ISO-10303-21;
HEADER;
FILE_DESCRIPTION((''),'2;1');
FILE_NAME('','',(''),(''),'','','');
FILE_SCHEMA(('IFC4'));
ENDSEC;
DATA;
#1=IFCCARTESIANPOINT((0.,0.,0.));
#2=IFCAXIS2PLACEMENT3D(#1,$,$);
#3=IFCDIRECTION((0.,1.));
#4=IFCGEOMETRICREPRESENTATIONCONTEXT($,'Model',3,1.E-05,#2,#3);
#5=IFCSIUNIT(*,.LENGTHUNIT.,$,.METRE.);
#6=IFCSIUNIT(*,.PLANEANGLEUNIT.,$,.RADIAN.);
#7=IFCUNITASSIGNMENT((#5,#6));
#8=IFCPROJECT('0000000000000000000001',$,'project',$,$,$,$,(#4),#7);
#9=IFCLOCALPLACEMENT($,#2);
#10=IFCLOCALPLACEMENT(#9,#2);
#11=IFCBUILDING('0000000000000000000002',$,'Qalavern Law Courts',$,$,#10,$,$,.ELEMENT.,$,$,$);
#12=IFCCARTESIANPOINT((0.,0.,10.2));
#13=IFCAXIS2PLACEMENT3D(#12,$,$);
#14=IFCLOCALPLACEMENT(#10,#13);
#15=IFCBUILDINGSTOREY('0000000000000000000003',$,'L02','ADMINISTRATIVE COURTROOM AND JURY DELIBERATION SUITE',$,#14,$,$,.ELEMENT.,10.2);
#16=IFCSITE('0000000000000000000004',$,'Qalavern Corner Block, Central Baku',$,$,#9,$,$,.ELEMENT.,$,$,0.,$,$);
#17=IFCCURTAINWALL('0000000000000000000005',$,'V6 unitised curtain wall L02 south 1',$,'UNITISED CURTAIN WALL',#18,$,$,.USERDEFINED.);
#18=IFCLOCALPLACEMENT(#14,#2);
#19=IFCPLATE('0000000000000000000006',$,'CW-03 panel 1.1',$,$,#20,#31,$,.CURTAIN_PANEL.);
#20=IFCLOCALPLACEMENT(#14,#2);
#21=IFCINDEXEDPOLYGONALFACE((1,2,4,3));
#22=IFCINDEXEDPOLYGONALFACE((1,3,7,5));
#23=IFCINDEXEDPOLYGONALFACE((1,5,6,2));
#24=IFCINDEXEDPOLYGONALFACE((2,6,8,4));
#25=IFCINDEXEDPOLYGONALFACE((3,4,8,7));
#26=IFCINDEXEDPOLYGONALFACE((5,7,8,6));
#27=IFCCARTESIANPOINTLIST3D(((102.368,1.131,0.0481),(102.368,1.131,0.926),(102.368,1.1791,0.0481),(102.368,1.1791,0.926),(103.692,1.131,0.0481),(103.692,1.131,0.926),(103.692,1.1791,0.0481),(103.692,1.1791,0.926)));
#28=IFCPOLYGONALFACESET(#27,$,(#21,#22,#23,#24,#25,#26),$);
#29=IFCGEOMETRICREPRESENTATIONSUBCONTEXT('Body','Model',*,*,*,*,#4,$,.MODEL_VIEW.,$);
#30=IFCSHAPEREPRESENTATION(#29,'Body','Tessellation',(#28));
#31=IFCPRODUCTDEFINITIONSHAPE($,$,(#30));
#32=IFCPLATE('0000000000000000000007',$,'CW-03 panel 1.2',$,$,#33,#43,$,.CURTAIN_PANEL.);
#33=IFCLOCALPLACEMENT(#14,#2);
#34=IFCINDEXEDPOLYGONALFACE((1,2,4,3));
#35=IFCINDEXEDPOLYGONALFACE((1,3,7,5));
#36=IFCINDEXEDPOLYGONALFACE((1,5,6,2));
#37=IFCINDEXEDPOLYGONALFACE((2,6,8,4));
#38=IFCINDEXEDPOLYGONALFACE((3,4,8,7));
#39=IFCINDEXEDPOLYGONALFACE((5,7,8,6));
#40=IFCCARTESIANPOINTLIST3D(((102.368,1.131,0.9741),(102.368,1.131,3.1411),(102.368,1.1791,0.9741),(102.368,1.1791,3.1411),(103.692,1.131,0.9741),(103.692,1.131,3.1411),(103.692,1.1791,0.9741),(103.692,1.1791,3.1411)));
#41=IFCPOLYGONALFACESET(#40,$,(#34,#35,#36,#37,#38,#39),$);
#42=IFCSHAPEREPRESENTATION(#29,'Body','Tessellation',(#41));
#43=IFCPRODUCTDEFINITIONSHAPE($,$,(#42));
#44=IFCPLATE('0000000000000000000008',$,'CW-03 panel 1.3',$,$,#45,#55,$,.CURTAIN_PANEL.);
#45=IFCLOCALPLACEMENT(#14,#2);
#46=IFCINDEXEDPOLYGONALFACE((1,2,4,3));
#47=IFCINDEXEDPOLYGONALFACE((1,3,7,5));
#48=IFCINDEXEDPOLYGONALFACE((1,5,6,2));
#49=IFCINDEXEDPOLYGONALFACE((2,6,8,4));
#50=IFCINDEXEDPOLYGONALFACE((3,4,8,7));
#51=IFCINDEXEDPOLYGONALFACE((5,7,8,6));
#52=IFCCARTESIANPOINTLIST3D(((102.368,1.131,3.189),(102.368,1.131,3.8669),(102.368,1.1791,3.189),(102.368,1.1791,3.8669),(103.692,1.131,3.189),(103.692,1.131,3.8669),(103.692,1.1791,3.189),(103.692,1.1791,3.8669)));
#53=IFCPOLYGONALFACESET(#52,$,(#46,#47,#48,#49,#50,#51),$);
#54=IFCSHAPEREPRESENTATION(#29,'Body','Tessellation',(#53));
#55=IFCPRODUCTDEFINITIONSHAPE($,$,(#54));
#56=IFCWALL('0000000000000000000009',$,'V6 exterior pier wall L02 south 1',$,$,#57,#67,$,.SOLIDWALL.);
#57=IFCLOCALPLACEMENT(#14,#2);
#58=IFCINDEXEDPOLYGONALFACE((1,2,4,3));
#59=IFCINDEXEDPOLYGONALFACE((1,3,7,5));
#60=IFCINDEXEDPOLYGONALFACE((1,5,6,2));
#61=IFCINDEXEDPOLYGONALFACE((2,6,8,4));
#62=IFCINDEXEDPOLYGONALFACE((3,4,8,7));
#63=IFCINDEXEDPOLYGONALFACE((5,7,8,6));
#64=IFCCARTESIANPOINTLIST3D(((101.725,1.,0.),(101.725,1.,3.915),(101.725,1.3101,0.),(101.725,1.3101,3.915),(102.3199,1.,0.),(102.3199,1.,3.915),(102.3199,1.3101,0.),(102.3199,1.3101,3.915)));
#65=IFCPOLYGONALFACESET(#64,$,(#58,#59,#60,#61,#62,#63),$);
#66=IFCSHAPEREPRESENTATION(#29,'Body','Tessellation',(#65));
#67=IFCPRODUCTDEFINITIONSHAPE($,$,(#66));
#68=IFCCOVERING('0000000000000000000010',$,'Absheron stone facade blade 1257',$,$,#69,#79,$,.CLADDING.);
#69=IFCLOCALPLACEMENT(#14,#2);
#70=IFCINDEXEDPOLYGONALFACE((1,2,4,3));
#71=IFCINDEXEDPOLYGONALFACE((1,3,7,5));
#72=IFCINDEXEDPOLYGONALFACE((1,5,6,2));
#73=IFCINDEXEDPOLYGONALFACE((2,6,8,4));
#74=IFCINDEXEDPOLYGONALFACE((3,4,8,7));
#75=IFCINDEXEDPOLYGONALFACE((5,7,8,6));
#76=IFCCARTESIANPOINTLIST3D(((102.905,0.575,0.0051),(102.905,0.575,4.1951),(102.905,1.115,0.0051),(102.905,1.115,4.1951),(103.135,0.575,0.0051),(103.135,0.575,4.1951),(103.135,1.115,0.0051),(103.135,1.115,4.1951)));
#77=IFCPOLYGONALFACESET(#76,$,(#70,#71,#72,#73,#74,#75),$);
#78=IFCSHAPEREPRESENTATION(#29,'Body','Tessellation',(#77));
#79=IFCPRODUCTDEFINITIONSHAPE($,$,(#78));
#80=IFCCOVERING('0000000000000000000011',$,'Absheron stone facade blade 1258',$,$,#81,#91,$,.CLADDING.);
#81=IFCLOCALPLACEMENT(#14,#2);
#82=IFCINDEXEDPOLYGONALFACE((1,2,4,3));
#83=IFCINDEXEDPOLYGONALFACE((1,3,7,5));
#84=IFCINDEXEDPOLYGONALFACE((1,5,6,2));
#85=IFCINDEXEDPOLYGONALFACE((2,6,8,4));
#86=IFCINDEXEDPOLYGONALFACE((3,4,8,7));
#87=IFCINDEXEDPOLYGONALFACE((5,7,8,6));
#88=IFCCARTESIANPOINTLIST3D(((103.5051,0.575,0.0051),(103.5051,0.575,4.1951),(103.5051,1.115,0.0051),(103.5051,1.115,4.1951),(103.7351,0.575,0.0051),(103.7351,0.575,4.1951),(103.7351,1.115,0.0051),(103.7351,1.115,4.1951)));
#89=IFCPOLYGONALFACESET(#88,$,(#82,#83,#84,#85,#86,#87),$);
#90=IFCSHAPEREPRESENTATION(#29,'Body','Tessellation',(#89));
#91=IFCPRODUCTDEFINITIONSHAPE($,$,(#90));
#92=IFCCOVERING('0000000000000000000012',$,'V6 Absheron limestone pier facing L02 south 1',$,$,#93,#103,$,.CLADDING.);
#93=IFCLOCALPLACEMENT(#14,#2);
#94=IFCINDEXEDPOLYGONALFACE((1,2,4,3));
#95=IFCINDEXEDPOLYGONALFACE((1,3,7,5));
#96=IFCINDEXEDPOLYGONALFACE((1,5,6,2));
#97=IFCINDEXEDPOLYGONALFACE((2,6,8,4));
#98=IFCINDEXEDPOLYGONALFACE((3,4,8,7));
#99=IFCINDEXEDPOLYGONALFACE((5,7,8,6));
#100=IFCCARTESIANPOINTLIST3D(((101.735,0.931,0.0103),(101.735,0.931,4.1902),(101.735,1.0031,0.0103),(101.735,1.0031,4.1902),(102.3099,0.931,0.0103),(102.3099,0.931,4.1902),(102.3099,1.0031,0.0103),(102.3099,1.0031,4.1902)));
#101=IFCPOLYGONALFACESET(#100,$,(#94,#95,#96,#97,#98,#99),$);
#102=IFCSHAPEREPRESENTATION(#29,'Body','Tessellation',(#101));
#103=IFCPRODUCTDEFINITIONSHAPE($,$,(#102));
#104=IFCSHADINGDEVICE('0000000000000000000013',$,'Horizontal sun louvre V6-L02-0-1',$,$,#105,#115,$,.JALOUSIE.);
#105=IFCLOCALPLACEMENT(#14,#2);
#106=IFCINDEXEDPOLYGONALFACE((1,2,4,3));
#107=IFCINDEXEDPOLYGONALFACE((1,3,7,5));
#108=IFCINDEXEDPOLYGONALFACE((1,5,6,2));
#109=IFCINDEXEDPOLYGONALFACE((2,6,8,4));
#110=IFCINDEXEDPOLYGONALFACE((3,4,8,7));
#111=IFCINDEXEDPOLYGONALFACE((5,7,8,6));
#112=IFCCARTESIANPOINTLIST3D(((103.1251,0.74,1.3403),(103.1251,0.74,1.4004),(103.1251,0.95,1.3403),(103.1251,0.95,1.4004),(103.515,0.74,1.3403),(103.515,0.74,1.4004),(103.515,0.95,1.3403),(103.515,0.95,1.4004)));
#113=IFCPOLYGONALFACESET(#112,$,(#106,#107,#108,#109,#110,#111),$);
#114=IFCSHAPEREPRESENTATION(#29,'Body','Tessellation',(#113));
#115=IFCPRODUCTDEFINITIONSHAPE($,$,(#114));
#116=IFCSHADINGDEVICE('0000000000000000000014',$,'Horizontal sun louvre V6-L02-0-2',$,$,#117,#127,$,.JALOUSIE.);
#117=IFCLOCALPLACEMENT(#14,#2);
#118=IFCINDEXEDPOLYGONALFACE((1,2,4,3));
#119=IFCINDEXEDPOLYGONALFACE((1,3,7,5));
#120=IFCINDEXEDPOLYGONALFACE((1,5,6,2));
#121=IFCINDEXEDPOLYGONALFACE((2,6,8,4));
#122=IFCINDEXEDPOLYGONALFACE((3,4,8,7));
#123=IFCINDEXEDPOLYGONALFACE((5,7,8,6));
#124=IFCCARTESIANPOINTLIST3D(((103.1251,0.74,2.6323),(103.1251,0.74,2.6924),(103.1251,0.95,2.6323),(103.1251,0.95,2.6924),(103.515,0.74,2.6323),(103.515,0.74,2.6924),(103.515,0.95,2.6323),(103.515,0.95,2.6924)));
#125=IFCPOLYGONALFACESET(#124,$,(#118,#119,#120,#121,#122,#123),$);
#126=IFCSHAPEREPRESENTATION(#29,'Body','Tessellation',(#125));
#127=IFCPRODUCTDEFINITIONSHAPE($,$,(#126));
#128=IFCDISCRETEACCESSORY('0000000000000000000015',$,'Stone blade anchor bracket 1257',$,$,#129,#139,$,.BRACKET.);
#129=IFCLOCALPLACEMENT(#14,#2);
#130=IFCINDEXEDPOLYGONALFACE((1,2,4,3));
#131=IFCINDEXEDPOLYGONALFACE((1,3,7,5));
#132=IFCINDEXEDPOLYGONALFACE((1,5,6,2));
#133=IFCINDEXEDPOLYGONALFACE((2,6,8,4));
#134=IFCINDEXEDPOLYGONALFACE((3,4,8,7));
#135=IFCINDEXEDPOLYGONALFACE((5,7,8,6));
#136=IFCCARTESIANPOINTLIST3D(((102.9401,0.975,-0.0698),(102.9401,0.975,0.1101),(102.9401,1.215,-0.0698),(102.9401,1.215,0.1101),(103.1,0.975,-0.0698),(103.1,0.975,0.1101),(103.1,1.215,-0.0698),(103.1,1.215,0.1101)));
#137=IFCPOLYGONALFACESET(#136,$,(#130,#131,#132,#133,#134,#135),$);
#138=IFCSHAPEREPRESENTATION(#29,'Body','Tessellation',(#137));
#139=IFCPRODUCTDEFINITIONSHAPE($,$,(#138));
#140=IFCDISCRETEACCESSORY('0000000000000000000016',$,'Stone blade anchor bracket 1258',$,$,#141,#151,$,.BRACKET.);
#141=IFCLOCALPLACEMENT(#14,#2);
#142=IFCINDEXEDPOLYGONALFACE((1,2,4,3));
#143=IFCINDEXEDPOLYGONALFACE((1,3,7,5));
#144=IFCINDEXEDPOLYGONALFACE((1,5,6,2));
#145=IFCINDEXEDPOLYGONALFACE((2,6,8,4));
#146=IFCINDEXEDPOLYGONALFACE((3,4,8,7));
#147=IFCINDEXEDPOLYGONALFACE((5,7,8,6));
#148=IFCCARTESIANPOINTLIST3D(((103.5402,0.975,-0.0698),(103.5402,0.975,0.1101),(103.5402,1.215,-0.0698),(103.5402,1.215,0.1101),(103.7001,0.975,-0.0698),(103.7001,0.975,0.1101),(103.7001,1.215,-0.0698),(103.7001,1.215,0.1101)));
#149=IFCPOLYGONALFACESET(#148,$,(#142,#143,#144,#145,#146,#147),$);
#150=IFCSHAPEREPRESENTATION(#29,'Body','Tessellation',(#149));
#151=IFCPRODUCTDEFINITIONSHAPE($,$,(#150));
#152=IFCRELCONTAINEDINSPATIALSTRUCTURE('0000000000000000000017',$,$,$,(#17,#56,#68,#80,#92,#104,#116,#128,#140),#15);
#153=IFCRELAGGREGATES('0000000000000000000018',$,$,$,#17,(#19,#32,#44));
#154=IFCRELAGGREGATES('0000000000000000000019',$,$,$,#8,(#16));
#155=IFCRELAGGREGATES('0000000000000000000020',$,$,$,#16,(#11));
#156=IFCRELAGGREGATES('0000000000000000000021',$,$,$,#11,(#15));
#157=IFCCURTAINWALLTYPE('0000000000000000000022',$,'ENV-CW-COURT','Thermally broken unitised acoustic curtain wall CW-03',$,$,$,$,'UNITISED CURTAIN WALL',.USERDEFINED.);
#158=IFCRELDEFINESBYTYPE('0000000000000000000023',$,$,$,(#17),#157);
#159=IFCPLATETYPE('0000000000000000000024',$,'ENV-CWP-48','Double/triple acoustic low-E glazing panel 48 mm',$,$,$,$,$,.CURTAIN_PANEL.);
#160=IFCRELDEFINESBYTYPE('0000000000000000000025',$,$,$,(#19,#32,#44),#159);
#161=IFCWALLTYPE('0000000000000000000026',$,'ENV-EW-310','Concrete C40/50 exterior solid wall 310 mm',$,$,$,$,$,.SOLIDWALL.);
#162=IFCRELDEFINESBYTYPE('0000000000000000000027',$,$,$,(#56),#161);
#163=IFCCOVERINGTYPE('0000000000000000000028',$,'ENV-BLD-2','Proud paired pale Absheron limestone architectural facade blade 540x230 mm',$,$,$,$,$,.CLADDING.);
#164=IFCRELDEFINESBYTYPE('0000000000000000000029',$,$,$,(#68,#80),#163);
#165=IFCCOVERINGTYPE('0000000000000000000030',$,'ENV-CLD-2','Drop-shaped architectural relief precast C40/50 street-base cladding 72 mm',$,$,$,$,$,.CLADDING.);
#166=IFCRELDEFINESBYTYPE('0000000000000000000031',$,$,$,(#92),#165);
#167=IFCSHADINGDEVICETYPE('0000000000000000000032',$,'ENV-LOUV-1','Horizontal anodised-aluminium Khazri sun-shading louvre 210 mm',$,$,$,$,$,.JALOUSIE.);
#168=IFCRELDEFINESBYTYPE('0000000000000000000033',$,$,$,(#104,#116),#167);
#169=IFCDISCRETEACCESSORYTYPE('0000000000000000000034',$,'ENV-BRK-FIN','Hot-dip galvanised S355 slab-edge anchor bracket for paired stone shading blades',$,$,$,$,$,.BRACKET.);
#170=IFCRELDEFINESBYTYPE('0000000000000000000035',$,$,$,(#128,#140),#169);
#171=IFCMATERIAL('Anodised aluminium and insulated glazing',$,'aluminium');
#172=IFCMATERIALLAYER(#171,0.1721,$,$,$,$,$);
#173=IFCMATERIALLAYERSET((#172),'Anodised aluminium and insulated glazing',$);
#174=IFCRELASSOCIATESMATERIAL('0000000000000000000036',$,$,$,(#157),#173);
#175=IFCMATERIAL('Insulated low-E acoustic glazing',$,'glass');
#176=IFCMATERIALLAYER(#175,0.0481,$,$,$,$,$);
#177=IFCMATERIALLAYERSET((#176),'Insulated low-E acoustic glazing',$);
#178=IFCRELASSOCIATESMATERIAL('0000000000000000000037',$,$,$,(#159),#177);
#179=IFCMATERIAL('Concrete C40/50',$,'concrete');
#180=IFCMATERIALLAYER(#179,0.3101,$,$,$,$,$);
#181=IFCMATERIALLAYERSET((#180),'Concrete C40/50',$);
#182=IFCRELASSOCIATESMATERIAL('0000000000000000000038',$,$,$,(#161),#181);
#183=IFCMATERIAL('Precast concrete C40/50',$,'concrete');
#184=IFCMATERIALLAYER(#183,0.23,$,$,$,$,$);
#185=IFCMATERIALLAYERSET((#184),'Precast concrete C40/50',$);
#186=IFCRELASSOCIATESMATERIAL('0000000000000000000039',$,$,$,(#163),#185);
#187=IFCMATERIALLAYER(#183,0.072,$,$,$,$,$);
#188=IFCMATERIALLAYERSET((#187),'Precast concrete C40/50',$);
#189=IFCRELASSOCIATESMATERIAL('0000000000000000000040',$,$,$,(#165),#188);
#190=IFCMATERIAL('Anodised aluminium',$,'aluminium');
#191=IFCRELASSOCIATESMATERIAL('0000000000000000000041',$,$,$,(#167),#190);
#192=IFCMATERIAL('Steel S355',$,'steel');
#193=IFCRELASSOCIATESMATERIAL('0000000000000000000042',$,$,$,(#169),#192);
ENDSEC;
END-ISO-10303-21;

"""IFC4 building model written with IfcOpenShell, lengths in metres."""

from ifc_helpers import new_model, si_unit, direction, frame, frame_2d, origin, origin_2d, place, context, subcontext, project, spatial, rectangle, extrude, material, layer, layer_set, type_object, element, aggregate, save


model = new_model("IFC4")

# Units and contexts
model_context = context("Model", 3, precision=1e-05, world=origin(), true_north=direction((0.0, 1.0)))
body_context = subcontext(model_context, "Body", "Model", "MODEL_VIEW")
ifc_project = project(units=[si_unit("LENGTHUNIT", "METRE"), si_unit("PLANEANGLEUNIT", "RADIAN")], contexts=[model_context])

# Site, building, storey
site_placement = place(None, origin())
site = spatial("IfcSite", under=ifc_project, at=site_placement, Name="Qalavern Corner Block, Central Baku", CompositionType="ELEMENT", RefElevation=0.0)
building_placement = place(site_placement, origin())
building = spatial("IfcBuilding", under=site, at=building_placement, Name="Qalavern Law Courts", CompositionType="ELEMENT")
storey_placement = place(building_placement, frame((0.0, 0.0, 10.2)))
storey = spatial("IfcBuildingStorey", under=building, at=storey_placement, Name="L02", Description="ADMINISTRATIVE COURTROOM AND JURY DELIBERATION SUITE", CompositionType="ELEMENT", Elevation=10.2)

# Curtain wall
ifc_material_1 = material(Name="Anodised aluminium and insulated glazing", Category="aluminium")
ifc_layer_1 = layer(ifc_material_1, 0.1721)
ifc_layer_set_1 = layer_set([ifc_layer_1], Name="Anodised aluminium and insulated glazing")
curtain_wall_type = type_object("IfcCurtainWallType", Name="ENV-CW-COURT", Description="Thermally broken unitised acoustic curtain wall CW-03", ElementType="UNITISED CURTAIN WALL", PredefinedType="USERDEFINED", material=ifc_layer_set_1)
curtain_wall_placement = place(storey_placement, origin())
curtain_wall = element("IfcCurtainWall", 1, at=curtain_wall_placement, inside=storey, type_object=curtain_wall_type, Name="V6 unitised curtain wall L02 south 1", ObjectType="UNITISED CURTAIN WALL", PredefinedType="USERDEFINED")
ifc_material_2 = material(Name="Anodised aluminium", Category="aluminium")

# Shared definitions
ifc_material_3 = material(Name="Concrete C40/50", Category="concrete")

# Plates
ifc_material_4 = material(Name="Insulated low-E acoustic glazing", Category="glass")
ifc_layer_2 = layer(ifc_material_4, 0.0481)
ifc_layer_set_2 = layer_set([ifc_layer_2], Name="Insulated low-E acoustic glazing")
plate_type = type_object("IfcPlateType", Name="ENV-CWP-48", Description="Double/triple acoustic low-E glazing panel 48 mm", PredefinedType="CURTAIN_PANEL", material=ifc_layer_set_2)
plate_1_placement = place(storey_placement, frame((103.03, 1.155, 0.0481), z_axis=(0.0, 0.0, 1.0), x_axis=(1.0, 0.0, 0.0)))
plate_1 = element("IfcPlate", 2, at=plate_1_placement, type_object=plate_type, Name="CW-03 panel 1.1", PredefinedType="CURTAIN_PANEL", context=body_context, shape_type="SweptSolid", body=[
    extrude(rectangle(XDim=1.324, YDim=0.0481, at=origin_2d()), origin(), (0.0, 0.0, 1.0), 0.8779),
])
plate_2_placement = place(storey_placement, frame((103.03, 1.155, 0.9741), z_axis=(0.0, 0.0, 1.0), x_axis=(1.0, 0.0, 0.0)))
plate_2 = element("IfcPlate", 3, at=plate_2_placement, type_object=plate_type, Name="CW-03 panel 1.2", PredefinedType="CURTAIN_PANEL", context=body_context, shape_type="SweptSolid", body=[
    extrude(rectangle(XDim=1.324, YDim=0.0481, at=origin_2d()), origin(), (0.0, 0.0, 1.0), 2.167),
])
plate_3_placement = place(storey_placement, frame((103.03, 1.155, 3.189), z_axis=(0.0, 0.0, 1.0), x_axis=(1.0, 0.0, 0.0)))
plate_3 = element("IfcPlate", 4, at=plate_3_placement, type_object=plate_type, Name="CW-03 panel 1.3", PredefinedType="CURTAIN_PANEL", context=body_context, shape_type="SweptSolid", body=[
    extrude(rectangle(XDim=1.324, YDim=0.0481, at=origin_2d()), origin(), (0.0, 0.0, 1.0), 0.678),
])
aggregate(curtain_wall, [plate_1, plate_2, plate_3])

# Wall
ifc_layer_3 = layer(ifc_material_3, 0.3101)
ifc_layer_set_3 = layer_set([ifc_layer_3], Name="Concrete C40/50")
wall_type = type_object("IfcWallType", Name="ENV-EW-310", Description="Concrete C40/50 exterior solid wall 310 mm", PredefinedType="SOLIDWALL", material=ifc_layer_set_3)
wall_placement = place(storey_placement, frame((101.7251, 1.155, 0.0), z_axis=(0.0, 0.0, 1.0), x_axis=(1.0, 0.0, 0.0)))
element("IfcWall", 5, at=wall_placement, inside=storey, type_object=wall_type, Name="V6 exterior pier wall L02 south 1", PredefinedType="SOLIDWALL", context=body_context, shape_type="SweptSolid", body=[
    extrude(rectangle(XDim=0.595, YDim=0.3101, at=frame_2d((0.2974, 0.0))), origin(), (0.0, 0.0, 1.0), 3.915),
])

# Coverings
ifc_material_5 = material(Name="Precast concrete C40/50", Category="concrete")
ifc_layer_4 = layer(ifc_material_5, 0.23)
ifc_layer_set_4 = layer_set([ifc_layer_4], Name="Precast concrete C40/50")
covering_type_1 = type_object("IfcCoveringType", Name="ENV-BLD-2", Description="Proud paired pale Absheron limestone architectural facade blade 540x230 mm", PredefinedType="CLADDING", material=ifc_layer_set_4)
for number, where, z_axis, x_axis, name in (
    (6, (103.02, 0.845, 0.0051), (0.0, 0.0, 1.0), (0.0, -1.0, 0.0), "Absheron stone facade blade 1257"),
    (7, (103.6201, 0.845, 0.0051), (0.0, 0.0, 1.0), (0.0, -1.0, 0.0), "Absheron stone facade blade 1258"),
):
    element("IfcCovering", number, at=place(storey_placement, frame(where, z_axis=z_axis, x_axis=x_axis)), inside=storey, type_object=covering_type_1, Name=name, PredefinedType="CLADDING", context=body_context, shape_type="SweptSolid", body=[
        extrude(rectangle(XDim=0.54, YDim=0.23, at=origin_2d()), origin(), (0.0, 0.0, 1.0), 4.1899),
    ])
ifc_layer_5 = layer(ifc_material_5, 0.072)
ifc_layer_set_5 = layer_set([ifc_layer_5], Name="Precast concrete C40/50")
covering_type_2 = type_object("IfcCoveringType", Name="ENV-CLD-2", Description="Drop-shaped architectural relief precast C40/50 street-base cladding 72 mm", PredefinedType="CLADDING", material=ifc_layer_set_5)
covering_placement = place(storey_placement, frame((102.0225, 0.967, 0.0103), z_axis=(0.0, 0.0, 1.0), x_axis=(1.0, 0.0, 0.0)))
element("IfcCovering", 8, at=covering_placement, inside=storey, type_object=covering_type_2, Name="V6 Absheron limestone pier facing L02 south 1", PredefinedType="CLADDING", context=body_context, shape_type="SweptSolid", body=[
    extrude(rectangle(XDim=0.575, YDim=0.072, at=origin_2d()), origin(), (0.0, 0.0, 1.0), 4.1799),
])

# Shading devices
shading_device_type = type_object("IfcShadingDeviceType", Name="ENV-LOUV-1", Description="Horizontal anodised-aluminium Khazri sun-shading louvre 210 mm", PredefinedType="JALOUSIE", material=ifc_material_2)
for number, where, z_axis, x_axis, name in (
    (9, (103.3201, 0.845, 1.3403), (0.0, 0.0, 1.0), (1.0, 0.0, 0.0), "Horizontal sun louvre V6-L02-0-1"),
    (10, (103.3201, 0.845, 2.6323), (0.0, 0.0, 1.0), (1.0, 0.0, 0.0), "Horizontal sun louvre V6-L02-0-2"),
):
    element("IfcShadingDevice", number, at=place(storey_placement, frame(where, z_axis=z_axis, x_axis=x_axis)), inside=storey, type_object=shading_device_type, Name=name, PredefinedType="JALOUSIE", context=body_context, shape_type="SweptSolid", body=[
        extrude(rectangle(XDim=0.3899, YDim=0.21, at=origin_2d()), origin(), (0.0, 0.0, 1.0), 0.0601),
    ])

# Discrete accessories
ifc_material_6 = material(Name="Steel S355", Category="steel")
discrete_accessory_type = type_object("IfcDiscreteAccessoryType", Name="ENV-BRK-FIN", Description="Hot-dip galvanised S355 slab-edge anchor bracket for paired stone shading blades", PredefinedType="BRACKET", material=ifc_material_6)
for number, where, z_axis, x_axis, name in (
    (11, (103.02, 1.095, -0.0698), (0.0, 0.0, 1.0), (0.0, -1.0, 0.0), "Stone blade anchor bracket 1257"),
    (12, (103.6201, 1.095, -0.0698), (0.0, 0.0, 1.0), (0.0, -1.0, 0.0), "Stone blade anchor bracket 1258"),
):
    element("IfcDiscreteAccessory", number, at=place(storey_placement, frame(where, z_axis=z_axis, x_axis=x_axis)), inside=storey, type_object=discrete_accessory_type, Name=name, PredefinedType="BRACKET", context=body_context, shape_type="SweptSolid", body=[
        extrude(rectangle(XDim=0.24, YDim=0.1599, at=origin_2d()), origin(), (0.0, 0.0, 1.0), 0.1799),
    ])

save(model, "model.ifc")
